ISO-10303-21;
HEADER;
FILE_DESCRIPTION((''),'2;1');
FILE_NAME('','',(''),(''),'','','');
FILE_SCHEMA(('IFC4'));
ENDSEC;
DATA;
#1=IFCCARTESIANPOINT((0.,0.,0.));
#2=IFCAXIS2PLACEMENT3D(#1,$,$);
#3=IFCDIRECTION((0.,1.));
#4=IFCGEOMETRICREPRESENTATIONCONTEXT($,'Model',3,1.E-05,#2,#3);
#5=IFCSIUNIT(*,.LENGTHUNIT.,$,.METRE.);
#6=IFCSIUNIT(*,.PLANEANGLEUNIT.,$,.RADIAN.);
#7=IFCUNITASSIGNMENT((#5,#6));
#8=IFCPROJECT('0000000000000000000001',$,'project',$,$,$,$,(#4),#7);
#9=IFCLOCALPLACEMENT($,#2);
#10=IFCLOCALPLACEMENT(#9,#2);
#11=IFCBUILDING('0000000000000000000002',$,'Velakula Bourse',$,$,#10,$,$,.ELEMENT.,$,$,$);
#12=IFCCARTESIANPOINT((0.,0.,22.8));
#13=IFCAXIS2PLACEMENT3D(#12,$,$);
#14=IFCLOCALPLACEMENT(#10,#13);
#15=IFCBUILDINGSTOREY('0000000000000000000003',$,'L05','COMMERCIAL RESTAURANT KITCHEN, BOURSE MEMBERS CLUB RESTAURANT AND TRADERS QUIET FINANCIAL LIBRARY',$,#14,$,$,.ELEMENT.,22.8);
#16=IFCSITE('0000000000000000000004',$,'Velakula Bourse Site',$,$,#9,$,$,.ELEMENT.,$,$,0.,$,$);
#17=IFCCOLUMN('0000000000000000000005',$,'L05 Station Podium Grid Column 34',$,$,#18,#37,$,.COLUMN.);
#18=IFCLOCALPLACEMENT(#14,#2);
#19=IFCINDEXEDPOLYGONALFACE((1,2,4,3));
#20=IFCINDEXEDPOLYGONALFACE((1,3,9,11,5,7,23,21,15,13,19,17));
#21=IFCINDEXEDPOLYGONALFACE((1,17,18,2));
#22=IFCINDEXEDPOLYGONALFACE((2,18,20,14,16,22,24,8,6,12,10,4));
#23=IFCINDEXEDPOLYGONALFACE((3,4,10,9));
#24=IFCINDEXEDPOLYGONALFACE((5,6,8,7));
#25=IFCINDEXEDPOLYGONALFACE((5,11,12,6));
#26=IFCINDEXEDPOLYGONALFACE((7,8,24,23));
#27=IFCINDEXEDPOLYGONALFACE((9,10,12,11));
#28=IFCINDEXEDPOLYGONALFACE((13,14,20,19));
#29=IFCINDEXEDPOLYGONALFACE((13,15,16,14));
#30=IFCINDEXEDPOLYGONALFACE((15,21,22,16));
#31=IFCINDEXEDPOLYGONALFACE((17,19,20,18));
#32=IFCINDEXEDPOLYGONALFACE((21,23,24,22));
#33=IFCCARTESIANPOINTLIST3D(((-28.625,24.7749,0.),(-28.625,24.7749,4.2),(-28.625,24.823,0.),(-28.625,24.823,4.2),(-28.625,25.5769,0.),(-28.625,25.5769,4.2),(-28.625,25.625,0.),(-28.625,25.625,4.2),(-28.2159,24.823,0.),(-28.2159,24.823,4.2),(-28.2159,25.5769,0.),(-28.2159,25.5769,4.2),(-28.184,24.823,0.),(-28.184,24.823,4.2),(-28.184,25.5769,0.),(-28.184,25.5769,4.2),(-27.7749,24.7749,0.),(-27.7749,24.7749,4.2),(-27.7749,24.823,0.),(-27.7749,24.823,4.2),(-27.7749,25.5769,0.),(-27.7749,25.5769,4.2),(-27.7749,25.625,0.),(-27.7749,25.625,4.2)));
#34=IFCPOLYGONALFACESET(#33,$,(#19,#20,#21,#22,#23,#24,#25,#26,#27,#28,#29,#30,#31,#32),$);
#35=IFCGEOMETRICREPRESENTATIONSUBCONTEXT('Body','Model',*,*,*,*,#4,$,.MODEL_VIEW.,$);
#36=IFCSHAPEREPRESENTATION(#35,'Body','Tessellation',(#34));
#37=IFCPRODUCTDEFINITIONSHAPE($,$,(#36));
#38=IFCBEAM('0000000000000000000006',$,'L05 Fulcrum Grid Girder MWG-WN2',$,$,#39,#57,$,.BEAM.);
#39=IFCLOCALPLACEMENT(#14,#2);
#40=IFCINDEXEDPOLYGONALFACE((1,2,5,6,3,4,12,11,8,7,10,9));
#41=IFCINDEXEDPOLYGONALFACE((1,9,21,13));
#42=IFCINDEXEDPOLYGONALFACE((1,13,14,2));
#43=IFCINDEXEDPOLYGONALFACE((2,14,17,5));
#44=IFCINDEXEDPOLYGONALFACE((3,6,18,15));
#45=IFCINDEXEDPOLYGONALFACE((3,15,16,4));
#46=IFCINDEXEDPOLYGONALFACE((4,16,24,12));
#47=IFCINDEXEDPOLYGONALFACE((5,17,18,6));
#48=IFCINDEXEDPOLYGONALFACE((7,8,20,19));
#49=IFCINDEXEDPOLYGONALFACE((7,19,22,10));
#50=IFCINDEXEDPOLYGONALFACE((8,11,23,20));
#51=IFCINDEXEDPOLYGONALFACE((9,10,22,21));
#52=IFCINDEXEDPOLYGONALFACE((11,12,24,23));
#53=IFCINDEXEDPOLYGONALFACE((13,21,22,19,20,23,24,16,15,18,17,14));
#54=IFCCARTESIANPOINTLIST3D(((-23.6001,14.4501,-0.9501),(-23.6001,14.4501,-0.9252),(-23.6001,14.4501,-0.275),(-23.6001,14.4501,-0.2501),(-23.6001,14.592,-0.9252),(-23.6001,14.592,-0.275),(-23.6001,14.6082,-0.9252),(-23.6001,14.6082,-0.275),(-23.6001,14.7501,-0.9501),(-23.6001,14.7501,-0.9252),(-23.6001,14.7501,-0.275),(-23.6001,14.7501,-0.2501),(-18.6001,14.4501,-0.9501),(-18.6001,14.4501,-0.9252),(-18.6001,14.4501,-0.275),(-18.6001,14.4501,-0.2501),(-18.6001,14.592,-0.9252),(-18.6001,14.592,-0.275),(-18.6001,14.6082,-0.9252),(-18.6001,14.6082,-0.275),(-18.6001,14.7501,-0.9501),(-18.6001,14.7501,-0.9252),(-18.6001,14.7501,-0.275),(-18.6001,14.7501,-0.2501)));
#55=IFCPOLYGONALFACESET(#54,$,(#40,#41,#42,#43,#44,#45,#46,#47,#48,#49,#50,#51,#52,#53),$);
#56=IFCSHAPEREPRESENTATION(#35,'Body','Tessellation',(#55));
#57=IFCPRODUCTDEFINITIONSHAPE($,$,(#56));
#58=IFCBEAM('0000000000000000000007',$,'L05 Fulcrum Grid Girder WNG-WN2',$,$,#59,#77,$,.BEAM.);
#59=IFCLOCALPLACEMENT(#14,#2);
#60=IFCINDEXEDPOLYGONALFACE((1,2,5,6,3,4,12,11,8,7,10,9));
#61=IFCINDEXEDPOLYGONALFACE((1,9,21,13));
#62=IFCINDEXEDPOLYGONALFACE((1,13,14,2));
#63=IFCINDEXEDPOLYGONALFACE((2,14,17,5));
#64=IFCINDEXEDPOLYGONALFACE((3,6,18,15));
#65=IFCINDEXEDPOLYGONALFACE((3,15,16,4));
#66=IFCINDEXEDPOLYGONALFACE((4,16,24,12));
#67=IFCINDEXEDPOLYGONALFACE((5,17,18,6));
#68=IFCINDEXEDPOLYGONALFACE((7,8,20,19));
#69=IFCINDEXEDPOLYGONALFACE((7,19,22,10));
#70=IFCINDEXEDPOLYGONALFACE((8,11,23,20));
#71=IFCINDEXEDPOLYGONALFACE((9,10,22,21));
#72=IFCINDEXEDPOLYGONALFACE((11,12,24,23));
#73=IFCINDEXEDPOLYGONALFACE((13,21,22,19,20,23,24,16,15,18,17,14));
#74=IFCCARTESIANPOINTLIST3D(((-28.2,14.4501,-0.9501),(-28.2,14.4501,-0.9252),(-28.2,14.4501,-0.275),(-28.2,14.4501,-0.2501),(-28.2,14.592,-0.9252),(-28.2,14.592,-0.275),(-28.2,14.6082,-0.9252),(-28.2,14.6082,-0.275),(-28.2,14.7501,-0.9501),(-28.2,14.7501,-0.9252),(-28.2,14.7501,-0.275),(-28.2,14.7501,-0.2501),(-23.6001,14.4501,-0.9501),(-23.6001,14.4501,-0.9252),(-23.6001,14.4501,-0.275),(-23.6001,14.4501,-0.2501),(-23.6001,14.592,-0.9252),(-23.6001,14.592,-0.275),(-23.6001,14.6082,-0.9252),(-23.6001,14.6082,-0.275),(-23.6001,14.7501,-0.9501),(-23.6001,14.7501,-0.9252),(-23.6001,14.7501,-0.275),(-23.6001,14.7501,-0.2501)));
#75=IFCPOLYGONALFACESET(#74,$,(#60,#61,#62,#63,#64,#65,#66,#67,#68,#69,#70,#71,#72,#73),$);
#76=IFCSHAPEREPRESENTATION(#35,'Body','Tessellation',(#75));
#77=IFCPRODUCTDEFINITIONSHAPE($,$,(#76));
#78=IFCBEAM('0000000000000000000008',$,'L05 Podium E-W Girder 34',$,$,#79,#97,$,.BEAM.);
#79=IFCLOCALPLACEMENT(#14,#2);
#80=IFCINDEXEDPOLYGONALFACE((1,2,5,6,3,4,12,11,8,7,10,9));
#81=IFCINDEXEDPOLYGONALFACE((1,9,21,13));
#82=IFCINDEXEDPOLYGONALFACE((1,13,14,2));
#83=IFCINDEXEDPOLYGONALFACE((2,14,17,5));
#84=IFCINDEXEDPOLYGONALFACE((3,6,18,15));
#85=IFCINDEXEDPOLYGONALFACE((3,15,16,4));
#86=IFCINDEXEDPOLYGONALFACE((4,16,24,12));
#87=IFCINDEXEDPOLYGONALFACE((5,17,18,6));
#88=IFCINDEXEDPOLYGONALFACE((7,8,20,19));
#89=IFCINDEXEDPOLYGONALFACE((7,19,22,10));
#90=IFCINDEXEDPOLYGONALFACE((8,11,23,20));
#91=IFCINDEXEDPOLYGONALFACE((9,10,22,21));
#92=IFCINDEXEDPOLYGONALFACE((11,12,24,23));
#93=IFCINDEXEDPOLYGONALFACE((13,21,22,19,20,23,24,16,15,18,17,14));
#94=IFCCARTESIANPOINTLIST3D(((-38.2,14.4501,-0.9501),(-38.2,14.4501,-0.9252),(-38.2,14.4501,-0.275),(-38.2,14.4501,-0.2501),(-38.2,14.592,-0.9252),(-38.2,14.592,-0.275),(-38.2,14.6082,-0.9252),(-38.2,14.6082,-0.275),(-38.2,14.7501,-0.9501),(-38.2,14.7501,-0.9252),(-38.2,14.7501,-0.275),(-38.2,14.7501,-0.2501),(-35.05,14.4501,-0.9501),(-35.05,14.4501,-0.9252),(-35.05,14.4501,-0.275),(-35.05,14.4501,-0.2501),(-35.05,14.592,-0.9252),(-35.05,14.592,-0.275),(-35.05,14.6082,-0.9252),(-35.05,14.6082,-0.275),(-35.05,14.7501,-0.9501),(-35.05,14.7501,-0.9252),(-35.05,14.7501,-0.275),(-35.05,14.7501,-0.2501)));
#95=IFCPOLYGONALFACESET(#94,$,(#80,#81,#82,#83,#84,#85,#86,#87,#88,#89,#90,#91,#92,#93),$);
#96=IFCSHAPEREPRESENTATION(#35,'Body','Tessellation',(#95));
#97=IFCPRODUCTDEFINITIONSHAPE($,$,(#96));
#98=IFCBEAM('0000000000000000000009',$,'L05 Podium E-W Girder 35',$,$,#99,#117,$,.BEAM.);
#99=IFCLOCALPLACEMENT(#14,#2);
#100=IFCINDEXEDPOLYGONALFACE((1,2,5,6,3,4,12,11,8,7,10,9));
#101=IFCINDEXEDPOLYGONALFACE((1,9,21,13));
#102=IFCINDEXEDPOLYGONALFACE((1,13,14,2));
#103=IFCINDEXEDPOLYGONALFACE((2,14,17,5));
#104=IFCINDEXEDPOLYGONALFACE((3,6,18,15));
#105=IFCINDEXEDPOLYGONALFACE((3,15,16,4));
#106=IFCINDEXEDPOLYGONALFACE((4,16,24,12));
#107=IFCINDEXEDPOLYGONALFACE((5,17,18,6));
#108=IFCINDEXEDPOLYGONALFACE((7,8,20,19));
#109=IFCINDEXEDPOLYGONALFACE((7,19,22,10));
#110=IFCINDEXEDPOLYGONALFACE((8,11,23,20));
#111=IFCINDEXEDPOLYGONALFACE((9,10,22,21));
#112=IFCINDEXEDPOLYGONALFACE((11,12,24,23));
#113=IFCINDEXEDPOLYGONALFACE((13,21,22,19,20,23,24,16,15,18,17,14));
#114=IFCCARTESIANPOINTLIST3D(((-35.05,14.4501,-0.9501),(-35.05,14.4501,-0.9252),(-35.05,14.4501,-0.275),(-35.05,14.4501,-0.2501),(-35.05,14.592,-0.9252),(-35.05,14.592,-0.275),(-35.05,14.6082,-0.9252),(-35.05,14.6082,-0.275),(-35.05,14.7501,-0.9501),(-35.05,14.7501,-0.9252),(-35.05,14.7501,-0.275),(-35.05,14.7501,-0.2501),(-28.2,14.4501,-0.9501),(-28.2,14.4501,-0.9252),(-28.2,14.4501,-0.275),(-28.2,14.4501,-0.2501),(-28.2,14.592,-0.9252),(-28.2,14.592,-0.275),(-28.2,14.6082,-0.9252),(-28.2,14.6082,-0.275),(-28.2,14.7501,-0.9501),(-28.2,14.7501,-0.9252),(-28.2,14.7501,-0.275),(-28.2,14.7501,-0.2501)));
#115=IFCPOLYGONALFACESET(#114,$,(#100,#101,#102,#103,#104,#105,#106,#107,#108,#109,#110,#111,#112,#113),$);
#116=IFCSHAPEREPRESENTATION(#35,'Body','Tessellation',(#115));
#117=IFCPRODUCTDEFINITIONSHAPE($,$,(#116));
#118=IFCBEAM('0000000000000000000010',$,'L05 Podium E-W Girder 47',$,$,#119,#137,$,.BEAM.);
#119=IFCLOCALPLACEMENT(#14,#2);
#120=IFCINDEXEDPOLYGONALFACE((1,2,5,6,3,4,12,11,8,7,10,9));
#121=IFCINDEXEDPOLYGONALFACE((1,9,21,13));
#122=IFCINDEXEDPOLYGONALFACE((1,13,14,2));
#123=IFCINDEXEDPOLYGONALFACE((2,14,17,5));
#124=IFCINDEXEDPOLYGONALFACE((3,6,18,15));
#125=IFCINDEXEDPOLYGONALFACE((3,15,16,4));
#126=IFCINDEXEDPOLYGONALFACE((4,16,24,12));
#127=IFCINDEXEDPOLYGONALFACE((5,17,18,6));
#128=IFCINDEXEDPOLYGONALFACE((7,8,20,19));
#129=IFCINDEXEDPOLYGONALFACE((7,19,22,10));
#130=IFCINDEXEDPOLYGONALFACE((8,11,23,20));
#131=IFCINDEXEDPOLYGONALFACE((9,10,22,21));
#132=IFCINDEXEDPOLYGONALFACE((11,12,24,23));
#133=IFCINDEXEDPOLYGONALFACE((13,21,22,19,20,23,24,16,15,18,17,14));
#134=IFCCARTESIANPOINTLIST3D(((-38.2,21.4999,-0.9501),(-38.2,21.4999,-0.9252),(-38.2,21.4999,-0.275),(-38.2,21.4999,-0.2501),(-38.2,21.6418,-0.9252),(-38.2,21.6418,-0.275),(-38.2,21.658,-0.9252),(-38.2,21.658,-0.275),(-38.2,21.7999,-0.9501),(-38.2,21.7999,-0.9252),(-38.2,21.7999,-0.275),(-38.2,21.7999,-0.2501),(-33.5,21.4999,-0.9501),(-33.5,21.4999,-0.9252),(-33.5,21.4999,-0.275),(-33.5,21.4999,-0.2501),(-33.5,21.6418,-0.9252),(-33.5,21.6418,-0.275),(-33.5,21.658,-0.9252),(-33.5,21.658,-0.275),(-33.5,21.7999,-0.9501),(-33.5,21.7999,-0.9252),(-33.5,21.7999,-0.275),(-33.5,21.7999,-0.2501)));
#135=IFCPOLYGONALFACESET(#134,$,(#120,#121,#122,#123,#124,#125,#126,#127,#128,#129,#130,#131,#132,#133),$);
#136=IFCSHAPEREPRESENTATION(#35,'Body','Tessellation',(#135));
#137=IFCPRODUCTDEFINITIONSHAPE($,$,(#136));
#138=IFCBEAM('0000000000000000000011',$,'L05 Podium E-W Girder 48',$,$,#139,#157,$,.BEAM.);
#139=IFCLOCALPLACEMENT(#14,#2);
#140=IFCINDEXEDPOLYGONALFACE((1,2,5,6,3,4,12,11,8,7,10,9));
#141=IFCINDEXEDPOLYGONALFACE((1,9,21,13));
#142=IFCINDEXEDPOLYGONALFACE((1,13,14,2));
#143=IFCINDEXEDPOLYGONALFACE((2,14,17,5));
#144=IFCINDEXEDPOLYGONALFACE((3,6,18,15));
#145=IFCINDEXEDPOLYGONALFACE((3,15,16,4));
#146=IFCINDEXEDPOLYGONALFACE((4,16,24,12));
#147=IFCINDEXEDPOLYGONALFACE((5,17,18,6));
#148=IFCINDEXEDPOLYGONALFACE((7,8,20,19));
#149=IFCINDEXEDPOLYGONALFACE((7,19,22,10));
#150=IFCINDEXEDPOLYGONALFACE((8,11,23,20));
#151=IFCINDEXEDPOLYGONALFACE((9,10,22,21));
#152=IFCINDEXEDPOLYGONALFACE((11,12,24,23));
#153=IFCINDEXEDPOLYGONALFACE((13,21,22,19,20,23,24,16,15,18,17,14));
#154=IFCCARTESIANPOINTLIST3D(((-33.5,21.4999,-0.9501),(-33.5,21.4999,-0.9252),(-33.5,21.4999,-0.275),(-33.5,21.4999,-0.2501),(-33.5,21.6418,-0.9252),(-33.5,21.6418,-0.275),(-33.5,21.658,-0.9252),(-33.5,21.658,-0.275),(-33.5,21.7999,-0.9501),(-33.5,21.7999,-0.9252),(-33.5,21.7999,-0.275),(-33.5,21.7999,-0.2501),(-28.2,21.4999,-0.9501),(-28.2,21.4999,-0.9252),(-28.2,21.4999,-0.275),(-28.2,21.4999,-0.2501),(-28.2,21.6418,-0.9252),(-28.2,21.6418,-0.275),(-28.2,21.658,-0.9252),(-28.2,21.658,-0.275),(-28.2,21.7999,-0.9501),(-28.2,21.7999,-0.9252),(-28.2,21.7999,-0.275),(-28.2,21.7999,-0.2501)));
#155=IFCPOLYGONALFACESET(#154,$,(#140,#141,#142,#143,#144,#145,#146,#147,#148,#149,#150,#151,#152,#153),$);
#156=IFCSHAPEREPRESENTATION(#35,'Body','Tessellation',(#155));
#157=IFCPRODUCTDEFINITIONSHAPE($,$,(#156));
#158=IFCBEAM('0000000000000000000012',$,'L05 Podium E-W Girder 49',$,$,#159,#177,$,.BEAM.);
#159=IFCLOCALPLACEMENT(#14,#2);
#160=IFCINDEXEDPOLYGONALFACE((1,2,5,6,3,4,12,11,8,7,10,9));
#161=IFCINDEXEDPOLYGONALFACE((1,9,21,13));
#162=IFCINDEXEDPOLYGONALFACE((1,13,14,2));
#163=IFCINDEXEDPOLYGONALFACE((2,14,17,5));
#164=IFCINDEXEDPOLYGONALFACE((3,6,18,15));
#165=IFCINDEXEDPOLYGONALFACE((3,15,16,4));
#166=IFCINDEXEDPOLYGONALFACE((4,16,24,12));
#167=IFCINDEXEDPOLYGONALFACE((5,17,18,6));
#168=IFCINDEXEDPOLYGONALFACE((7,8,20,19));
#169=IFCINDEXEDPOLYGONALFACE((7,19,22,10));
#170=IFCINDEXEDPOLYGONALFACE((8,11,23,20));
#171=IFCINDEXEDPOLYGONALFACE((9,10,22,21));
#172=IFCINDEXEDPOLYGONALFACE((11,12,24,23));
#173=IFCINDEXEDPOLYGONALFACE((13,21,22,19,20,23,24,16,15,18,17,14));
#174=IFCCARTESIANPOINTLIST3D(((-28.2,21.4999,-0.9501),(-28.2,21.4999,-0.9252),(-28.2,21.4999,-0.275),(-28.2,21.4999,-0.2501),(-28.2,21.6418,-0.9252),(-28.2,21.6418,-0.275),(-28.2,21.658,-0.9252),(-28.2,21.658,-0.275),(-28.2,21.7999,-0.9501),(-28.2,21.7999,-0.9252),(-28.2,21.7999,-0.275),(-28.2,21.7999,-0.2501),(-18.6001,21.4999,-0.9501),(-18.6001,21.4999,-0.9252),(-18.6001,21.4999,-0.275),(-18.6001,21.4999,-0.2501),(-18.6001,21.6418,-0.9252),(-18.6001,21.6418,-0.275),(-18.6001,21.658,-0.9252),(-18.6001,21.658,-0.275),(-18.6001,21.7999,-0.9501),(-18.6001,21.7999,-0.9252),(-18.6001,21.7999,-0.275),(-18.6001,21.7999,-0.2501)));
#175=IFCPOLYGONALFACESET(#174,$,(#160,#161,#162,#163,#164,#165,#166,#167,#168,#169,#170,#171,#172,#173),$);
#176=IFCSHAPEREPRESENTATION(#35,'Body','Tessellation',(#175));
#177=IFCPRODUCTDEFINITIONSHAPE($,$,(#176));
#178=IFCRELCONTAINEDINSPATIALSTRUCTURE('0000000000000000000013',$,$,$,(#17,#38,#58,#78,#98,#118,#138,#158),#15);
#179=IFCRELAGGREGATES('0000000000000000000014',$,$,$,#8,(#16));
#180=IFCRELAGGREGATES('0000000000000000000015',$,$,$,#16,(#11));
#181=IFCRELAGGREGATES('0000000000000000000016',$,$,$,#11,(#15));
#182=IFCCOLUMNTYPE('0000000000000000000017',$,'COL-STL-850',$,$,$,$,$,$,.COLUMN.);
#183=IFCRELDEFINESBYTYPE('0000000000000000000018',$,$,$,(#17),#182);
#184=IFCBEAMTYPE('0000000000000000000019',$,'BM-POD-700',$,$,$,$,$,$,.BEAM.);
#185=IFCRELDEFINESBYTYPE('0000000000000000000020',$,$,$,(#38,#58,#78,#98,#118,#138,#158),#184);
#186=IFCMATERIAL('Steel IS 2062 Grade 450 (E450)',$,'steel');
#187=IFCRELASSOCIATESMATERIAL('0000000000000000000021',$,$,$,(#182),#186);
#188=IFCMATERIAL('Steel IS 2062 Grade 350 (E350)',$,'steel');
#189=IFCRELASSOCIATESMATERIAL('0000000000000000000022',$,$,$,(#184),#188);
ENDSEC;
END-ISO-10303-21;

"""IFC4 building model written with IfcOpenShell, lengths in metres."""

from ifc_helpers import new_model, si_unit, direction, frame, origin, origin_2d, place, context, subcontext, project, spatial, i_section, extrude, material, material_profile, profile_set, type_object, element, save


model = new_model("IFC4")

# Units and contexts
model_context = context("Model", 3, precision=1e-05, world=origin(), true_north=direction((0.0, 1.0)))
body_context = subcontext(model_context, "Body", "Model", "MODEL_VIEW")
ifc_project = project(units=[si_unit("LENGTHUNIT", "METRE"), si_unit("PLANEANGLEUNIT", "RADIAN")], contexts=[model_context])

# Site, building, storey
site_placement = place(None, origin())
site = spatial("IfcSite", under=ifc_project, at=site_placement, Name="Velakula Bourse Site", CompositionType="ELEMENT", RefElevation=0.0)
building_placement = place(site_placement, origin())
building = spatial("IfcBuilding", under=site, at=building_placement, Name="Velakula Bourse", CompositionType="ELEMENT")
storey_placement = place(building_placement, frame((0.0, 0.0, 22.8)))
storey = spatial("IfcBuildingStorey", under=building, at=storey_placement, Name="L05", Description="COMMERCIAL RESTAURANT KITCHEN, BOURSE MEMBERS CLUB RESTAURANT AND TRADERS QUIET FINANCIAL LIBRARY", CompositionType="ELEMENT", Elevation=22.8)

# Column
ifc_material_1 = material(Name="Steel IS 2062 Grade 450 (E450)", Category="steel")
ifc_material_profile_1 = material_profile(ifc_material_1, i_section(OverallWidth=0.8501, OverallDepth=0.8501, WebThickness=0.032, FlangeThickness=0.0481, at=origin_2d()), Name="Steel IS 2062 Grade 450 (E450)")
ifc_profile_set_1 = profile_set([ifc_material_profile_1], Name="Steel IS 2062 Grade 450 (E450)")
column_type = type_object("IfcColumnType", Name="COL-STL-850", PredefinedType="COLUMN", material=ifc_profile_set_1)
for number, where, z_axis, x_axis, name in (
    (1, (-28.2, 25.2, 0.0), (0.0, 0.0, 1.0), (1.0, 0.0, 0.0), "L05 Station Podium Grid Column 34"),
):
    element("IfcColumn", number, at=place(storey_placement, frame(where, z_axis=z_axis, x_axis=x_axis)), inside=storey, type_object=column_type, Name=name, PredefinedType="COLUMN", context=body_context, shape_type="SweptSolid", body=[
        extrude(i_section(OverallWidth=0.8501, OverallDepth=0.8501, WebThickness=0.032, FlangeThickness=0.0481, at=origin_2d()), origin(), (0.0, 0.0, 1.0), 4.2),
    ])

# Beams
ifc_material_2 = material(Name="Steel IS 2062 Grade 350 (E350)", Category="steel")
ifc_material_profile_2 = material_profile(ifc_material_2, i_section(OverallWidth=0.3, OverallDepth=0.7, WebThickness=0.0161, FlangeThickness=0.0249, at=origin_2d()), Name="Steel IS 2062 Grade 350 (E350)")
ifc_profile_set_2 = profile_set([ifc_material_profile_2], Name="Steel IS 2062 Grade 350 (E350)")
beam_type_1 = type_object("IfcBeamType", Name="BM-POD-700", PredefinedType="BEAM", material=ifc_profile_set_2)
beam_1_placement = place(storey_placement, frame((-23.6001, 14.6001, -0.6001), z_axis=(1.0, 0.0, 0.0), x_axis=(0.0, 1.0, 0.0)))
element("IfcBeam", 2, at=beam_1_placement, inside=storey, type_object=beam_type_1, Name="L05 Fulcrum Grid Girder MWG-WN2", PredefinedType="BEAM", context=body_context, shape_type="SweptSolid", body=[
    extrude(i_section(OverallWidth=0.3, OverallDepth=0.7, WebThickness=0.0161, FlangeThickness=0.0249, at=origin_2d()), origin(), (0.0, 0.0, 1.0), 5.0),
])
beam_2_placement = place(storey_placement, frame((-28.2, 14.6001, -0.6001), z_axis=(1.0, 0.0, 0.0), x_axis=(0.0, 1.0, 0.0)))
element("IfcBeam", 3, at=beam_2_placement, inside=storey, type_object=beam_type_1, Name="L05 Fulcrum Grid Girder WNG-WN2", PredefinedType="BEAM", context=body_context, shape_type="SweptSolid", body=[
    extrude(i_section(OverallWidth=0.3, OverallDepth=0.7, WebThickness=0.0161, FlangeThickness=0.0249, at=origin_2d()), origin(), (0.0, 0.0, 1.0), 4.5999),
])
beam_3_placement = place(storey_placement, frame((-38.2, 14.6001, -0.6001), z_axis=(1.0, 0.0, 0.0), x_axis=(0.0, 1.0, 0.0)))
element("IfcBeam", 4, at=beam_3_placement, inside=storey, type_object=beam_type_1, Name="L05 Podium E-W Girder 34", PredefinedType="BEAM", context=body_context, shape_type="SweptSolid", body=[
    extrude(i_section(OverallWidth=0.3, OverallDepth=0.7, WebThickness=0.0161, FlangeThickness=0.0249, at=origin_2d()), origin(), (0.0, 0.0, 1.0), 3.1499),
])
beam_4_placement = place(storey_placement, frame((-35.05, 14.6001, -0.6001), z_axis=(1.0, 0.0, 0.0), x_axis=(0.0, 1.0, 0.0)))
element("IfcBeam", 5, at=beam_4_placement, inside=storey, type_object=beam_type_1, Name="L05 Podium E-W Girder 35", PredefinedType="BEAM", context=body_context, shape_type="SweptSolid", body=[
    extrude(i_section(OverallWidth=0.3, OverallDepth=0.7, WebThickness=0.0161, FlangeThickness=0.0249, at=origin_2d()), origin(), (0.0, 0.0, 1.0), 6.8501),
])
beam_5_placement = place(storey_placement, frame((-38.2, 21.6499, -0.6001), z_axis=(1.0, 0.0, 0.0), x_axis=(0.0, 1.0, 0.0)))
element("IfcBeam", 6, at=beam_5_placement, inside=storey, type_object=beam_type_1, Name="L05 Podium E-W Girder 47", PredefinedType="BEAM", context=body_context, shape_type="SweptSolid", body=[
    extrude(i_section(OverallWidth=0.3, OverallDepth=0.7, WebThickness=0.0161, FlangeThickness=0.0249, at=origin_2d()), origin(), (0.0, 0.0, 1.0), 4.7),
])
beam_6_placement = place(storey_placement, frame((-33.5, 21.6499, -0.6001), z_axis=(1.0, 0.0, 0.0), x_axis=(0.0, 1.0, 0.0)))
element("IfcBeam", 7, at=beam_6_placement, inside=storey, type_object=beam_type_1, Name="L05 Podium E-W Girder 48", PredefinedType="BEAM", context=body_context, shape_type="SweptSolid", body=[
    extrude(i_section(OverallWidth=0.3, OverallDepth=0.7, WebThickness=0.0161, FlangeThickness=0.0249, at=origin_2d()), origin(), (0.0, 0.0, 1.0), 5.3),
])
beam_7_placement = place(storey_placement, frame((-28.2, 21.6499, -0.6001), z_axis=(1.0, 0.0, 0.0), x_axis=(0.0, 1.0, 0.0)))
element("IfcBeam", 8, at=beam_7_placement, inside=storey, type_object=beam_type_1, Name="L05 Podium E-W Girder 49", PredefinedType="BEAM", context=body_context, shape_type="SweptSolid", body=[
    extrude(i_section(OverallWidth=0.3, OverallDepth=0.7, WebThickness=0.0161, FlangeThickness=0.0249, at=origin_2d()), origin(), (0.0, 0.0, 1.0), 9.5999),
])

save(model, "model.ifc")
